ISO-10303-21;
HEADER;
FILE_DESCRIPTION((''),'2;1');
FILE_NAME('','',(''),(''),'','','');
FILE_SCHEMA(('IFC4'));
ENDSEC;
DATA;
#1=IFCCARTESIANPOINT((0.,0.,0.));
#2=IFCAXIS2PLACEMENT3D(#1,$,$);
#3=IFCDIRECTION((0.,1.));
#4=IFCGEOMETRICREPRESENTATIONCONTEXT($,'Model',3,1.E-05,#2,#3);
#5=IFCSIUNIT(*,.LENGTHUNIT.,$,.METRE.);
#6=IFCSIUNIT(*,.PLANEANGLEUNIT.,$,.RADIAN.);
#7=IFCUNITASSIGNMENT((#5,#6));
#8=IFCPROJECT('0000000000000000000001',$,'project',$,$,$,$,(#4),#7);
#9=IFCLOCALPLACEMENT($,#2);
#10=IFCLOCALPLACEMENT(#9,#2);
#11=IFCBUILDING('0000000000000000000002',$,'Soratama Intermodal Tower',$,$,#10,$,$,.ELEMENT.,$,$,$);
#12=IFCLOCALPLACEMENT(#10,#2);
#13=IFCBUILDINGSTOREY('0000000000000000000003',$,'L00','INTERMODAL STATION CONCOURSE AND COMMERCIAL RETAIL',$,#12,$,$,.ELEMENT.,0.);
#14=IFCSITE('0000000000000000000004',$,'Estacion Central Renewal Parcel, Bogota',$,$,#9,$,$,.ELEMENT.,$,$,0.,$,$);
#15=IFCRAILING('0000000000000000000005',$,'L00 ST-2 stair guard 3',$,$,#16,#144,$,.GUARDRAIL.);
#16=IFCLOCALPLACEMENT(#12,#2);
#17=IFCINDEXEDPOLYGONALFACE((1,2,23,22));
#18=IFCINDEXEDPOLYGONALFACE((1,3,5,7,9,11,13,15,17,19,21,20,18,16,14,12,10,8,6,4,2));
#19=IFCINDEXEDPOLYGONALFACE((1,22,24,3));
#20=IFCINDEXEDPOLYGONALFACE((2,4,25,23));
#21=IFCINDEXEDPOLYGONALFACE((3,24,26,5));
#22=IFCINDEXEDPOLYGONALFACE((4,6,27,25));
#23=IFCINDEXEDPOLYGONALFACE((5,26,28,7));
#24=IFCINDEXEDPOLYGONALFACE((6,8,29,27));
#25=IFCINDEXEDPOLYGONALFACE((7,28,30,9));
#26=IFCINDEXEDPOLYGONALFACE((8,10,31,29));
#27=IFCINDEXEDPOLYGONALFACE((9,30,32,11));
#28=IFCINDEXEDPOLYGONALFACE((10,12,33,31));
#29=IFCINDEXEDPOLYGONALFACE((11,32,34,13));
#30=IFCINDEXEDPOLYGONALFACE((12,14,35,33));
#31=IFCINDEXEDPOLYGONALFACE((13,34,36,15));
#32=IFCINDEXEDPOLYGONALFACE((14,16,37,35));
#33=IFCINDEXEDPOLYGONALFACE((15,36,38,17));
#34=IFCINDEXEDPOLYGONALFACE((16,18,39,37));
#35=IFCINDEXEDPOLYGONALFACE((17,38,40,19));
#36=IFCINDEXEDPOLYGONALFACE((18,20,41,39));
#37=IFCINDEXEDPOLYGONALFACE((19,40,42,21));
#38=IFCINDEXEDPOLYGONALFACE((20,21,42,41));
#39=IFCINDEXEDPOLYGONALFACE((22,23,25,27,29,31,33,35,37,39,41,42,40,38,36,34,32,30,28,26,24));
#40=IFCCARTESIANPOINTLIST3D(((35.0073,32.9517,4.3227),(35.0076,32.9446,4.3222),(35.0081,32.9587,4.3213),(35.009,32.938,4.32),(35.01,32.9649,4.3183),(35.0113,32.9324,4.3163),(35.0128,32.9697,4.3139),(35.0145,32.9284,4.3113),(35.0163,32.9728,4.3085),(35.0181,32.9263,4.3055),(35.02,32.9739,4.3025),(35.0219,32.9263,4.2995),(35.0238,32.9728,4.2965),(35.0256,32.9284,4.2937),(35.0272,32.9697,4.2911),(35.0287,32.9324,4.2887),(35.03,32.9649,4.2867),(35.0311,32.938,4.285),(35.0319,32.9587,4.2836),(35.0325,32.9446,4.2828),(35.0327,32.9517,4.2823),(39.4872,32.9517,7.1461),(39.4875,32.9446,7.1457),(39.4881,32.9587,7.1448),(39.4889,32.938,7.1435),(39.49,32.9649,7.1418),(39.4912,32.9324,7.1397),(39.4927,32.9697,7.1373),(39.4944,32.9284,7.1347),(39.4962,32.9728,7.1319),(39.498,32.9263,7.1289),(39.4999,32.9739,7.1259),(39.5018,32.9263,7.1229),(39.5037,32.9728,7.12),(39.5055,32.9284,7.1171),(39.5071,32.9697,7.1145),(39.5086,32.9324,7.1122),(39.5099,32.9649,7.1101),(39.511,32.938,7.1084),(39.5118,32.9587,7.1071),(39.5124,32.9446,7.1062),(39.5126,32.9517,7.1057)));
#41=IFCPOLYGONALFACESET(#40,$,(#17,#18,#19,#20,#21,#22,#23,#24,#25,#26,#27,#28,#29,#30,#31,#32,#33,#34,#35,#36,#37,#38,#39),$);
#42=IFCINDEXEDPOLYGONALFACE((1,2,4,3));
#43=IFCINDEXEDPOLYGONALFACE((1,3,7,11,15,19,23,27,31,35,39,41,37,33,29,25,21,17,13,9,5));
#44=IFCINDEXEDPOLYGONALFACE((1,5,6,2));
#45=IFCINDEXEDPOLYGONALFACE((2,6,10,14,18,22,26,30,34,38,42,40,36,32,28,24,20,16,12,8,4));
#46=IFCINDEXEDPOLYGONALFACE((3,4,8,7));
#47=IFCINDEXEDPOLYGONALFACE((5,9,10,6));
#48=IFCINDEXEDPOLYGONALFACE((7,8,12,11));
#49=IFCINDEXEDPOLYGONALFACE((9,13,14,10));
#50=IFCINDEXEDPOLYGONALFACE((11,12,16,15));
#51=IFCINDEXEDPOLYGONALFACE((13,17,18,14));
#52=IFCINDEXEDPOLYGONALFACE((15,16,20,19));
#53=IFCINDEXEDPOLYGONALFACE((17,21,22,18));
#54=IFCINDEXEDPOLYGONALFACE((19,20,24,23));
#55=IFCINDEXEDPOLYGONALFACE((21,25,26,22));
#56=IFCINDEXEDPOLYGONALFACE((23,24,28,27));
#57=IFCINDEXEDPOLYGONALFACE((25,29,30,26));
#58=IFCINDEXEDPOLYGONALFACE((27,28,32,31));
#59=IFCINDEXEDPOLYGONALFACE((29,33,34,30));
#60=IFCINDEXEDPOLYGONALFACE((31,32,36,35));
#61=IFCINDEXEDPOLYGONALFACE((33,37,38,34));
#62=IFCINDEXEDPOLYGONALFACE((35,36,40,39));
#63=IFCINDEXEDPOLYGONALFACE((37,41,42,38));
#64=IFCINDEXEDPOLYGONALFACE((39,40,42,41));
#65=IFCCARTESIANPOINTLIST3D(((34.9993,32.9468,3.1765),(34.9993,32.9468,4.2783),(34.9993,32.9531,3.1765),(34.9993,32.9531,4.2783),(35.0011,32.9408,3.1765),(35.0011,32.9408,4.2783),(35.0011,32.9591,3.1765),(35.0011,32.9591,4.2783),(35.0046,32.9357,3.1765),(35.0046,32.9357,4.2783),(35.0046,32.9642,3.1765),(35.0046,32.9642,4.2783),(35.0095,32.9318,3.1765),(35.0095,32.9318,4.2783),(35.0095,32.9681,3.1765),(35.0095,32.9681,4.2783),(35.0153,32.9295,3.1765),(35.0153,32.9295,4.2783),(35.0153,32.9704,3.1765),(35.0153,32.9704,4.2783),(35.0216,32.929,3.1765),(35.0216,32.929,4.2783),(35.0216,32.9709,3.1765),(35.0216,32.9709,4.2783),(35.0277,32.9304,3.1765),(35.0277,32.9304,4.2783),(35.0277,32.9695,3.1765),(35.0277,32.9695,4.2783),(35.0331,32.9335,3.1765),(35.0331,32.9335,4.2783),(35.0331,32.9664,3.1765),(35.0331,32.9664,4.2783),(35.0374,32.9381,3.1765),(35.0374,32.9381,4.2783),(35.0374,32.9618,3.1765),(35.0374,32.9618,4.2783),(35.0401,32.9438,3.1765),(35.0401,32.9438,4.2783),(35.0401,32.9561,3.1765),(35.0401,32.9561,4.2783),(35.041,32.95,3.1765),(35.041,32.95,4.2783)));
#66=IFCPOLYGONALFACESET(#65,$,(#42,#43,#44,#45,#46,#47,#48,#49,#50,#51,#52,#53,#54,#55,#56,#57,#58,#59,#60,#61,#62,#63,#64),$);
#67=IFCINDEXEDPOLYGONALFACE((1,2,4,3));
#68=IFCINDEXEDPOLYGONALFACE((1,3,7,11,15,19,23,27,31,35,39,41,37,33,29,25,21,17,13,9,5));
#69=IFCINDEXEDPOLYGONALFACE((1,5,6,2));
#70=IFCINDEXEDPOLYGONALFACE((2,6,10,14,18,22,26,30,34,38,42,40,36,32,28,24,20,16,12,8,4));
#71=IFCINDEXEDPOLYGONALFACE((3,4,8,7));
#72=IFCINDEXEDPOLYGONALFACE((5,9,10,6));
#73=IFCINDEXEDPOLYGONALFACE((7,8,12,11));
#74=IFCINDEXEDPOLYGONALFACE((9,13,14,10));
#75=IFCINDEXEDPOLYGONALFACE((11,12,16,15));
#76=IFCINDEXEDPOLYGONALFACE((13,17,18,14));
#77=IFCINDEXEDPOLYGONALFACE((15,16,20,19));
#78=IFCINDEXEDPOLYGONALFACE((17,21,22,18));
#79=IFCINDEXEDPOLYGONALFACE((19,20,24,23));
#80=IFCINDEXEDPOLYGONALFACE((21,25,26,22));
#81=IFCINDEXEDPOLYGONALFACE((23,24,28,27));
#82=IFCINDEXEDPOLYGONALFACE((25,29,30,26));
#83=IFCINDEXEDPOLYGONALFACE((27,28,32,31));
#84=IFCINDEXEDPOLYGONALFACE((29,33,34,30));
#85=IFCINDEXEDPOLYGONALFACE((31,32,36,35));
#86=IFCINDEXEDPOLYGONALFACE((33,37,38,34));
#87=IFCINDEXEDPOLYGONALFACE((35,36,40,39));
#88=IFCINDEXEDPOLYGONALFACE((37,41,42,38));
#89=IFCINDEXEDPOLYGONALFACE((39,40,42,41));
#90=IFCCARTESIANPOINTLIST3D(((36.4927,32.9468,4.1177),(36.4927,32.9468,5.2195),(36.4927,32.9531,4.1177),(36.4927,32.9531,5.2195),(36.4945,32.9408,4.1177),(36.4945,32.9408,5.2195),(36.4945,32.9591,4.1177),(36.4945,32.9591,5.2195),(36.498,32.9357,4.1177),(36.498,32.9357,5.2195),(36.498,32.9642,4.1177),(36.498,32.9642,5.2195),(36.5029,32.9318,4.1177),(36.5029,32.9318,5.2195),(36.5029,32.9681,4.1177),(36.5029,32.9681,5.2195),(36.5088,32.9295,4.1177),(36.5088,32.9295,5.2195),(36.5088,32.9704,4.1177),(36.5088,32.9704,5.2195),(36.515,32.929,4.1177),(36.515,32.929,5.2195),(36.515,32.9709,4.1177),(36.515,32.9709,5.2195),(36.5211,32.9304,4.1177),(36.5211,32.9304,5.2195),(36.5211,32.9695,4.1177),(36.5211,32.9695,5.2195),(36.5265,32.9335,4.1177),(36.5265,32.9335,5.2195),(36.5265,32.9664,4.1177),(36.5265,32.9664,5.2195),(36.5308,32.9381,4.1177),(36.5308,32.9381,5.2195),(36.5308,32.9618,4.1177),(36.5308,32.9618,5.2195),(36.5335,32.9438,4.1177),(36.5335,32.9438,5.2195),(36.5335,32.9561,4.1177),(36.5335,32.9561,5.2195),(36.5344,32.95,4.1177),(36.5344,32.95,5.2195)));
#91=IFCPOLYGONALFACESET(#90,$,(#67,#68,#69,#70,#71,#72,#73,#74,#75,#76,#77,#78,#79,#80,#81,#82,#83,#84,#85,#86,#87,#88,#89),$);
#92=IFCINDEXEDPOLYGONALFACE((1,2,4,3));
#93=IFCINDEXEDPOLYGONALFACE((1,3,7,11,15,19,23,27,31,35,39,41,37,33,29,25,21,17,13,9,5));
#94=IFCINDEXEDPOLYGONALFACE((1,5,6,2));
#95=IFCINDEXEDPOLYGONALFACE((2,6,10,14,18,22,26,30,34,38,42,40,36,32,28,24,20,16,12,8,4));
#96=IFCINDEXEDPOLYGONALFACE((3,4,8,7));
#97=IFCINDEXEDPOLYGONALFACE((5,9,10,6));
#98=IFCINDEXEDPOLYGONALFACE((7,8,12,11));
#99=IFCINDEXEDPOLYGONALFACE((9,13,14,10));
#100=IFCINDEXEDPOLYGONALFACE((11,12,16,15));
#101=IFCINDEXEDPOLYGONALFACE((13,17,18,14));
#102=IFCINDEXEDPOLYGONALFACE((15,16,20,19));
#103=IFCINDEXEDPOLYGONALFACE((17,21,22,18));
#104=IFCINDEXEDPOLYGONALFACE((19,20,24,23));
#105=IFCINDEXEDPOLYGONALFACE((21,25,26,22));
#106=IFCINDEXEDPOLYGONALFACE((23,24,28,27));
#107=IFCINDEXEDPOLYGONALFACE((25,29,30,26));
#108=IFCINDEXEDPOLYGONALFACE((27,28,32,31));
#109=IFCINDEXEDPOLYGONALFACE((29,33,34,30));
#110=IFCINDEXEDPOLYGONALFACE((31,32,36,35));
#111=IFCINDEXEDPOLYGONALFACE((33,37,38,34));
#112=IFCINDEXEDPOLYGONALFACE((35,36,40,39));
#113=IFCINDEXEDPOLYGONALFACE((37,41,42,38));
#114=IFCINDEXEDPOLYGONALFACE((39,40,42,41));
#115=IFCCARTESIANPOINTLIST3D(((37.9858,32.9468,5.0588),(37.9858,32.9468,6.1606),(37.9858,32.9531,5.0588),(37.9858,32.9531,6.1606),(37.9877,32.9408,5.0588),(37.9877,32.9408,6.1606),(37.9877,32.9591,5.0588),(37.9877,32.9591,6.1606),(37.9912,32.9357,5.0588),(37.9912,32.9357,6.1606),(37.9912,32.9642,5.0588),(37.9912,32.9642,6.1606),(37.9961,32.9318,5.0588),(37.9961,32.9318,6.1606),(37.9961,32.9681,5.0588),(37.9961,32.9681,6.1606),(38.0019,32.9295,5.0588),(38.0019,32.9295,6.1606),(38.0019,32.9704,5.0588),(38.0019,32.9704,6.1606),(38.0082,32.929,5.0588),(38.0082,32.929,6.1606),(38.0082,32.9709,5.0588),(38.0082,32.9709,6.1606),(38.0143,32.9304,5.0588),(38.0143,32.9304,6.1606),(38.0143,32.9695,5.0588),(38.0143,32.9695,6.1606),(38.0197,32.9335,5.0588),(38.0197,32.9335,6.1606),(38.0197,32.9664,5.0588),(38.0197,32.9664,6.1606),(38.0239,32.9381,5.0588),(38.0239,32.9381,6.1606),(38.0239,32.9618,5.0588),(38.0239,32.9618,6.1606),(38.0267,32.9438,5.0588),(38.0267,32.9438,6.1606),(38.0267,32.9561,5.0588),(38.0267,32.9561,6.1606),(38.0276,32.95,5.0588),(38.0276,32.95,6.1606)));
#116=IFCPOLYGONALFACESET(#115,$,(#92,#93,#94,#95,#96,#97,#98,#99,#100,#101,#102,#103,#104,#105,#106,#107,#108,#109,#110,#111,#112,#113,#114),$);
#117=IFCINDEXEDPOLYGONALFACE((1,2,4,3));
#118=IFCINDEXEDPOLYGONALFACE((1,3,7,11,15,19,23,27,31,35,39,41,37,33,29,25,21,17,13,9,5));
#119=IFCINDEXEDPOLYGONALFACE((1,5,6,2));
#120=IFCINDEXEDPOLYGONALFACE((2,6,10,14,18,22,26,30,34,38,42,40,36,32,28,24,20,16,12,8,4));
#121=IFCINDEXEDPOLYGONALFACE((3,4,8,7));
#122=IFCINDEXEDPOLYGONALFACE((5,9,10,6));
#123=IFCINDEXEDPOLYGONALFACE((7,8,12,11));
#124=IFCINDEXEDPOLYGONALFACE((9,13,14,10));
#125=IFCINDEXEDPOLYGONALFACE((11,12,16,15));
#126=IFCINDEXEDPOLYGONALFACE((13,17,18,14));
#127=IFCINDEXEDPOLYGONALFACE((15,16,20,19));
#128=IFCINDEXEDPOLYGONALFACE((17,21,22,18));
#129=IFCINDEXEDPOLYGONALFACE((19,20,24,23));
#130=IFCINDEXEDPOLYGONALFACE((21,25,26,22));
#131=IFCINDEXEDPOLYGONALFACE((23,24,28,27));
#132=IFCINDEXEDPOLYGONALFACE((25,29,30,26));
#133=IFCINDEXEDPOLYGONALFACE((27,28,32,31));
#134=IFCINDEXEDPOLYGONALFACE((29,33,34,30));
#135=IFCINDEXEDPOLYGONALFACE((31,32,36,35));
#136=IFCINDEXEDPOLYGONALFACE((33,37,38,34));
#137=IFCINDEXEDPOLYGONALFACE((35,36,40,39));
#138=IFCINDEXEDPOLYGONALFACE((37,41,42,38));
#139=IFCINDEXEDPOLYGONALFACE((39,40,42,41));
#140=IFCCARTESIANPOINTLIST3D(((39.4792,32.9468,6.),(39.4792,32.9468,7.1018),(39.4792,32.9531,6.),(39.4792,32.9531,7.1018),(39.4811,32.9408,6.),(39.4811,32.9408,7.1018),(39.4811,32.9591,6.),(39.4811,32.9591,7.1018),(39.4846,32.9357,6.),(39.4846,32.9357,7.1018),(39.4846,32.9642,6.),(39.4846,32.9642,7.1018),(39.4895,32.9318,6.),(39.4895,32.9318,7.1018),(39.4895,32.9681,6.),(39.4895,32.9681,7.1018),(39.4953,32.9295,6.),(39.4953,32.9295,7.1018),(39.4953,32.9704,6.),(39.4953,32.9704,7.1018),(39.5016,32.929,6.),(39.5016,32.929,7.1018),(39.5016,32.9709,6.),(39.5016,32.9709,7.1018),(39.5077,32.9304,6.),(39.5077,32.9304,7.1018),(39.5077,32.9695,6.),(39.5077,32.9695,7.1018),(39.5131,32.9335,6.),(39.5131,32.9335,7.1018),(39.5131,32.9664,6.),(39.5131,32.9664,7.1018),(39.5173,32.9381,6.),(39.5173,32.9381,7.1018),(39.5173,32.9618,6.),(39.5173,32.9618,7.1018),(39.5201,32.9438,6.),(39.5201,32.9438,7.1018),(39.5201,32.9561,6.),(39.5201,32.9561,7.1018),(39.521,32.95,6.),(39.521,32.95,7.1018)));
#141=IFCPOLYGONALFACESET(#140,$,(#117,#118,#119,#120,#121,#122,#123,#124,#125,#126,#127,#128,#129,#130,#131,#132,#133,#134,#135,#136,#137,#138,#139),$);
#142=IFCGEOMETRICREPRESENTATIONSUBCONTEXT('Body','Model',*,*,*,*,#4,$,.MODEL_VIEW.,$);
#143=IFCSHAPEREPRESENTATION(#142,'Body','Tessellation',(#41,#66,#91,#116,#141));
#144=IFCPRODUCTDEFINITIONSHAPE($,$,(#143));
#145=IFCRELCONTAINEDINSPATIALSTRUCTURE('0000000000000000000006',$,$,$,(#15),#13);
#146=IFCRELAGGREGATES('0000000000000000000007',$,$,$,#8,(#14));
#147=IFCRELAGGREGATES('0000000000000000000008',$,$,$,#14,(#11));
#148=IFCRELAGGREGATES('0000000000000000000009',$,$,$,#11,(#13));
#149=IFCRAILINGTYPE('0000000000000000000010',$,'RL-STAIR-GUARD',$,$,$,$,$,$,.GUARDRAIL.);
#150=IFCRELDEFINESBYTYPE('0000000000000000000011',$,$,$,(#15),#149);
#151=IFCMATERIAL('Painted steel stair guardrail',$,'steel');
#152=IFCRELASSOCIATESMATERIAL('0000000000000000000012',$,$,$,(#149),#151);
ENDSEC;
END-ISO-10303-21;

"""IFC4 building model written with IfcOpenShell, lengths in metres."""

from ifc_helpers import new_model, si_unit, direction, frame, origin, origin_2d, place, context, subcontext, project, spatial, circle, extrude, material, type_object, element, save


model = new_model("IFC4")

# Units and contexts
model_context = context("Model", 3, precision=1e-05, world=origin(), true_north=direction((0.0, 1.0)))
body_context = subcontext(model_context, "Body", "Model", "MODEL_VIEW")
ifc_project = project(units=[si_unit("LENGTHUNIT", "METRE"), si_unit("PLANEANGLEUNIT", "RADIAN")], contexts=[model_context])

# Site, building, storey
site_placement = place(None, origin())
site = spatial("IfcSite", under=ifc_project, at=site_placement, Name="Estacion Central Renewal Parcel, Bogota", CompositionType="ELEMENT", RefElevation=0.0)
building_placement = place(site_placement, origin())
building = spatial("IfcBuilding", under=site, at=building_placement, Name="Soratama Intermodal Tower", CompositionType="ELEMENT")
storey_placement = place(building_placement, origin())
storey = spatial("IfcBuildingStorey", under=building, at=storey_placement, Name="L00", Description="INTERMODAL STATION CONCOURSE AND COMMERCIAL RETAIL", CompositionType="ELEMENT", Elevation=0.0)

# Railing
ifc_material_1 = material(Name="Painted steel stair guardrail", Category="steel")
railing_type_1 = type_object("IfcRailingType", Name="RL-STAIR-GUARD", PredefinedType="GUARDRAIL", material=ifc_material_1)
railing_1_placement = place(storey_placement, frame((35.02, 32.95, 3.1765)))
element("IfcRailing", 1, at=railing_1_placement, inside=storey, type_object=railing_type_1, Name="L00 ST-2 stair guard 3", PredefinedType="GUARDRAIL", context=body_context, shape_type="SweptSolid", body=[
    extrude(circle(Radius=0.0239, at=origin_2d()), frame((0.0, 0.0, 1.126), z_axis=(0.845998, 0.0, 0.533186), x_axis=(0.0, 1.0, 0.0)), (0.0, 0.0, 1.0), 5.2954),
    extrude(circle(Radius=0.021, at=origin_2d()), origin(), (0.0, 0.0, 1.0), 1.1018),
    extrude(circle(Radius=0.021, at=origin_2d()), frame((1.4934, 0.0, 0.9412)), (0.0, 0.0, 1.0), 1.1018),
    extrude(circle(Radius=0.021, at=origin_2d()), frame((2.9866, 0.0, 1.8823)), (0.0, 0.0, 1.0), 1.1018),
    extrude(circle(Radius=0.021, at=origin_2d()), frame((4.48, 0.0, 2.8235)), (0.0, 0.0, 1.0), 1.1018),
])

save(model, "model.ifc")
